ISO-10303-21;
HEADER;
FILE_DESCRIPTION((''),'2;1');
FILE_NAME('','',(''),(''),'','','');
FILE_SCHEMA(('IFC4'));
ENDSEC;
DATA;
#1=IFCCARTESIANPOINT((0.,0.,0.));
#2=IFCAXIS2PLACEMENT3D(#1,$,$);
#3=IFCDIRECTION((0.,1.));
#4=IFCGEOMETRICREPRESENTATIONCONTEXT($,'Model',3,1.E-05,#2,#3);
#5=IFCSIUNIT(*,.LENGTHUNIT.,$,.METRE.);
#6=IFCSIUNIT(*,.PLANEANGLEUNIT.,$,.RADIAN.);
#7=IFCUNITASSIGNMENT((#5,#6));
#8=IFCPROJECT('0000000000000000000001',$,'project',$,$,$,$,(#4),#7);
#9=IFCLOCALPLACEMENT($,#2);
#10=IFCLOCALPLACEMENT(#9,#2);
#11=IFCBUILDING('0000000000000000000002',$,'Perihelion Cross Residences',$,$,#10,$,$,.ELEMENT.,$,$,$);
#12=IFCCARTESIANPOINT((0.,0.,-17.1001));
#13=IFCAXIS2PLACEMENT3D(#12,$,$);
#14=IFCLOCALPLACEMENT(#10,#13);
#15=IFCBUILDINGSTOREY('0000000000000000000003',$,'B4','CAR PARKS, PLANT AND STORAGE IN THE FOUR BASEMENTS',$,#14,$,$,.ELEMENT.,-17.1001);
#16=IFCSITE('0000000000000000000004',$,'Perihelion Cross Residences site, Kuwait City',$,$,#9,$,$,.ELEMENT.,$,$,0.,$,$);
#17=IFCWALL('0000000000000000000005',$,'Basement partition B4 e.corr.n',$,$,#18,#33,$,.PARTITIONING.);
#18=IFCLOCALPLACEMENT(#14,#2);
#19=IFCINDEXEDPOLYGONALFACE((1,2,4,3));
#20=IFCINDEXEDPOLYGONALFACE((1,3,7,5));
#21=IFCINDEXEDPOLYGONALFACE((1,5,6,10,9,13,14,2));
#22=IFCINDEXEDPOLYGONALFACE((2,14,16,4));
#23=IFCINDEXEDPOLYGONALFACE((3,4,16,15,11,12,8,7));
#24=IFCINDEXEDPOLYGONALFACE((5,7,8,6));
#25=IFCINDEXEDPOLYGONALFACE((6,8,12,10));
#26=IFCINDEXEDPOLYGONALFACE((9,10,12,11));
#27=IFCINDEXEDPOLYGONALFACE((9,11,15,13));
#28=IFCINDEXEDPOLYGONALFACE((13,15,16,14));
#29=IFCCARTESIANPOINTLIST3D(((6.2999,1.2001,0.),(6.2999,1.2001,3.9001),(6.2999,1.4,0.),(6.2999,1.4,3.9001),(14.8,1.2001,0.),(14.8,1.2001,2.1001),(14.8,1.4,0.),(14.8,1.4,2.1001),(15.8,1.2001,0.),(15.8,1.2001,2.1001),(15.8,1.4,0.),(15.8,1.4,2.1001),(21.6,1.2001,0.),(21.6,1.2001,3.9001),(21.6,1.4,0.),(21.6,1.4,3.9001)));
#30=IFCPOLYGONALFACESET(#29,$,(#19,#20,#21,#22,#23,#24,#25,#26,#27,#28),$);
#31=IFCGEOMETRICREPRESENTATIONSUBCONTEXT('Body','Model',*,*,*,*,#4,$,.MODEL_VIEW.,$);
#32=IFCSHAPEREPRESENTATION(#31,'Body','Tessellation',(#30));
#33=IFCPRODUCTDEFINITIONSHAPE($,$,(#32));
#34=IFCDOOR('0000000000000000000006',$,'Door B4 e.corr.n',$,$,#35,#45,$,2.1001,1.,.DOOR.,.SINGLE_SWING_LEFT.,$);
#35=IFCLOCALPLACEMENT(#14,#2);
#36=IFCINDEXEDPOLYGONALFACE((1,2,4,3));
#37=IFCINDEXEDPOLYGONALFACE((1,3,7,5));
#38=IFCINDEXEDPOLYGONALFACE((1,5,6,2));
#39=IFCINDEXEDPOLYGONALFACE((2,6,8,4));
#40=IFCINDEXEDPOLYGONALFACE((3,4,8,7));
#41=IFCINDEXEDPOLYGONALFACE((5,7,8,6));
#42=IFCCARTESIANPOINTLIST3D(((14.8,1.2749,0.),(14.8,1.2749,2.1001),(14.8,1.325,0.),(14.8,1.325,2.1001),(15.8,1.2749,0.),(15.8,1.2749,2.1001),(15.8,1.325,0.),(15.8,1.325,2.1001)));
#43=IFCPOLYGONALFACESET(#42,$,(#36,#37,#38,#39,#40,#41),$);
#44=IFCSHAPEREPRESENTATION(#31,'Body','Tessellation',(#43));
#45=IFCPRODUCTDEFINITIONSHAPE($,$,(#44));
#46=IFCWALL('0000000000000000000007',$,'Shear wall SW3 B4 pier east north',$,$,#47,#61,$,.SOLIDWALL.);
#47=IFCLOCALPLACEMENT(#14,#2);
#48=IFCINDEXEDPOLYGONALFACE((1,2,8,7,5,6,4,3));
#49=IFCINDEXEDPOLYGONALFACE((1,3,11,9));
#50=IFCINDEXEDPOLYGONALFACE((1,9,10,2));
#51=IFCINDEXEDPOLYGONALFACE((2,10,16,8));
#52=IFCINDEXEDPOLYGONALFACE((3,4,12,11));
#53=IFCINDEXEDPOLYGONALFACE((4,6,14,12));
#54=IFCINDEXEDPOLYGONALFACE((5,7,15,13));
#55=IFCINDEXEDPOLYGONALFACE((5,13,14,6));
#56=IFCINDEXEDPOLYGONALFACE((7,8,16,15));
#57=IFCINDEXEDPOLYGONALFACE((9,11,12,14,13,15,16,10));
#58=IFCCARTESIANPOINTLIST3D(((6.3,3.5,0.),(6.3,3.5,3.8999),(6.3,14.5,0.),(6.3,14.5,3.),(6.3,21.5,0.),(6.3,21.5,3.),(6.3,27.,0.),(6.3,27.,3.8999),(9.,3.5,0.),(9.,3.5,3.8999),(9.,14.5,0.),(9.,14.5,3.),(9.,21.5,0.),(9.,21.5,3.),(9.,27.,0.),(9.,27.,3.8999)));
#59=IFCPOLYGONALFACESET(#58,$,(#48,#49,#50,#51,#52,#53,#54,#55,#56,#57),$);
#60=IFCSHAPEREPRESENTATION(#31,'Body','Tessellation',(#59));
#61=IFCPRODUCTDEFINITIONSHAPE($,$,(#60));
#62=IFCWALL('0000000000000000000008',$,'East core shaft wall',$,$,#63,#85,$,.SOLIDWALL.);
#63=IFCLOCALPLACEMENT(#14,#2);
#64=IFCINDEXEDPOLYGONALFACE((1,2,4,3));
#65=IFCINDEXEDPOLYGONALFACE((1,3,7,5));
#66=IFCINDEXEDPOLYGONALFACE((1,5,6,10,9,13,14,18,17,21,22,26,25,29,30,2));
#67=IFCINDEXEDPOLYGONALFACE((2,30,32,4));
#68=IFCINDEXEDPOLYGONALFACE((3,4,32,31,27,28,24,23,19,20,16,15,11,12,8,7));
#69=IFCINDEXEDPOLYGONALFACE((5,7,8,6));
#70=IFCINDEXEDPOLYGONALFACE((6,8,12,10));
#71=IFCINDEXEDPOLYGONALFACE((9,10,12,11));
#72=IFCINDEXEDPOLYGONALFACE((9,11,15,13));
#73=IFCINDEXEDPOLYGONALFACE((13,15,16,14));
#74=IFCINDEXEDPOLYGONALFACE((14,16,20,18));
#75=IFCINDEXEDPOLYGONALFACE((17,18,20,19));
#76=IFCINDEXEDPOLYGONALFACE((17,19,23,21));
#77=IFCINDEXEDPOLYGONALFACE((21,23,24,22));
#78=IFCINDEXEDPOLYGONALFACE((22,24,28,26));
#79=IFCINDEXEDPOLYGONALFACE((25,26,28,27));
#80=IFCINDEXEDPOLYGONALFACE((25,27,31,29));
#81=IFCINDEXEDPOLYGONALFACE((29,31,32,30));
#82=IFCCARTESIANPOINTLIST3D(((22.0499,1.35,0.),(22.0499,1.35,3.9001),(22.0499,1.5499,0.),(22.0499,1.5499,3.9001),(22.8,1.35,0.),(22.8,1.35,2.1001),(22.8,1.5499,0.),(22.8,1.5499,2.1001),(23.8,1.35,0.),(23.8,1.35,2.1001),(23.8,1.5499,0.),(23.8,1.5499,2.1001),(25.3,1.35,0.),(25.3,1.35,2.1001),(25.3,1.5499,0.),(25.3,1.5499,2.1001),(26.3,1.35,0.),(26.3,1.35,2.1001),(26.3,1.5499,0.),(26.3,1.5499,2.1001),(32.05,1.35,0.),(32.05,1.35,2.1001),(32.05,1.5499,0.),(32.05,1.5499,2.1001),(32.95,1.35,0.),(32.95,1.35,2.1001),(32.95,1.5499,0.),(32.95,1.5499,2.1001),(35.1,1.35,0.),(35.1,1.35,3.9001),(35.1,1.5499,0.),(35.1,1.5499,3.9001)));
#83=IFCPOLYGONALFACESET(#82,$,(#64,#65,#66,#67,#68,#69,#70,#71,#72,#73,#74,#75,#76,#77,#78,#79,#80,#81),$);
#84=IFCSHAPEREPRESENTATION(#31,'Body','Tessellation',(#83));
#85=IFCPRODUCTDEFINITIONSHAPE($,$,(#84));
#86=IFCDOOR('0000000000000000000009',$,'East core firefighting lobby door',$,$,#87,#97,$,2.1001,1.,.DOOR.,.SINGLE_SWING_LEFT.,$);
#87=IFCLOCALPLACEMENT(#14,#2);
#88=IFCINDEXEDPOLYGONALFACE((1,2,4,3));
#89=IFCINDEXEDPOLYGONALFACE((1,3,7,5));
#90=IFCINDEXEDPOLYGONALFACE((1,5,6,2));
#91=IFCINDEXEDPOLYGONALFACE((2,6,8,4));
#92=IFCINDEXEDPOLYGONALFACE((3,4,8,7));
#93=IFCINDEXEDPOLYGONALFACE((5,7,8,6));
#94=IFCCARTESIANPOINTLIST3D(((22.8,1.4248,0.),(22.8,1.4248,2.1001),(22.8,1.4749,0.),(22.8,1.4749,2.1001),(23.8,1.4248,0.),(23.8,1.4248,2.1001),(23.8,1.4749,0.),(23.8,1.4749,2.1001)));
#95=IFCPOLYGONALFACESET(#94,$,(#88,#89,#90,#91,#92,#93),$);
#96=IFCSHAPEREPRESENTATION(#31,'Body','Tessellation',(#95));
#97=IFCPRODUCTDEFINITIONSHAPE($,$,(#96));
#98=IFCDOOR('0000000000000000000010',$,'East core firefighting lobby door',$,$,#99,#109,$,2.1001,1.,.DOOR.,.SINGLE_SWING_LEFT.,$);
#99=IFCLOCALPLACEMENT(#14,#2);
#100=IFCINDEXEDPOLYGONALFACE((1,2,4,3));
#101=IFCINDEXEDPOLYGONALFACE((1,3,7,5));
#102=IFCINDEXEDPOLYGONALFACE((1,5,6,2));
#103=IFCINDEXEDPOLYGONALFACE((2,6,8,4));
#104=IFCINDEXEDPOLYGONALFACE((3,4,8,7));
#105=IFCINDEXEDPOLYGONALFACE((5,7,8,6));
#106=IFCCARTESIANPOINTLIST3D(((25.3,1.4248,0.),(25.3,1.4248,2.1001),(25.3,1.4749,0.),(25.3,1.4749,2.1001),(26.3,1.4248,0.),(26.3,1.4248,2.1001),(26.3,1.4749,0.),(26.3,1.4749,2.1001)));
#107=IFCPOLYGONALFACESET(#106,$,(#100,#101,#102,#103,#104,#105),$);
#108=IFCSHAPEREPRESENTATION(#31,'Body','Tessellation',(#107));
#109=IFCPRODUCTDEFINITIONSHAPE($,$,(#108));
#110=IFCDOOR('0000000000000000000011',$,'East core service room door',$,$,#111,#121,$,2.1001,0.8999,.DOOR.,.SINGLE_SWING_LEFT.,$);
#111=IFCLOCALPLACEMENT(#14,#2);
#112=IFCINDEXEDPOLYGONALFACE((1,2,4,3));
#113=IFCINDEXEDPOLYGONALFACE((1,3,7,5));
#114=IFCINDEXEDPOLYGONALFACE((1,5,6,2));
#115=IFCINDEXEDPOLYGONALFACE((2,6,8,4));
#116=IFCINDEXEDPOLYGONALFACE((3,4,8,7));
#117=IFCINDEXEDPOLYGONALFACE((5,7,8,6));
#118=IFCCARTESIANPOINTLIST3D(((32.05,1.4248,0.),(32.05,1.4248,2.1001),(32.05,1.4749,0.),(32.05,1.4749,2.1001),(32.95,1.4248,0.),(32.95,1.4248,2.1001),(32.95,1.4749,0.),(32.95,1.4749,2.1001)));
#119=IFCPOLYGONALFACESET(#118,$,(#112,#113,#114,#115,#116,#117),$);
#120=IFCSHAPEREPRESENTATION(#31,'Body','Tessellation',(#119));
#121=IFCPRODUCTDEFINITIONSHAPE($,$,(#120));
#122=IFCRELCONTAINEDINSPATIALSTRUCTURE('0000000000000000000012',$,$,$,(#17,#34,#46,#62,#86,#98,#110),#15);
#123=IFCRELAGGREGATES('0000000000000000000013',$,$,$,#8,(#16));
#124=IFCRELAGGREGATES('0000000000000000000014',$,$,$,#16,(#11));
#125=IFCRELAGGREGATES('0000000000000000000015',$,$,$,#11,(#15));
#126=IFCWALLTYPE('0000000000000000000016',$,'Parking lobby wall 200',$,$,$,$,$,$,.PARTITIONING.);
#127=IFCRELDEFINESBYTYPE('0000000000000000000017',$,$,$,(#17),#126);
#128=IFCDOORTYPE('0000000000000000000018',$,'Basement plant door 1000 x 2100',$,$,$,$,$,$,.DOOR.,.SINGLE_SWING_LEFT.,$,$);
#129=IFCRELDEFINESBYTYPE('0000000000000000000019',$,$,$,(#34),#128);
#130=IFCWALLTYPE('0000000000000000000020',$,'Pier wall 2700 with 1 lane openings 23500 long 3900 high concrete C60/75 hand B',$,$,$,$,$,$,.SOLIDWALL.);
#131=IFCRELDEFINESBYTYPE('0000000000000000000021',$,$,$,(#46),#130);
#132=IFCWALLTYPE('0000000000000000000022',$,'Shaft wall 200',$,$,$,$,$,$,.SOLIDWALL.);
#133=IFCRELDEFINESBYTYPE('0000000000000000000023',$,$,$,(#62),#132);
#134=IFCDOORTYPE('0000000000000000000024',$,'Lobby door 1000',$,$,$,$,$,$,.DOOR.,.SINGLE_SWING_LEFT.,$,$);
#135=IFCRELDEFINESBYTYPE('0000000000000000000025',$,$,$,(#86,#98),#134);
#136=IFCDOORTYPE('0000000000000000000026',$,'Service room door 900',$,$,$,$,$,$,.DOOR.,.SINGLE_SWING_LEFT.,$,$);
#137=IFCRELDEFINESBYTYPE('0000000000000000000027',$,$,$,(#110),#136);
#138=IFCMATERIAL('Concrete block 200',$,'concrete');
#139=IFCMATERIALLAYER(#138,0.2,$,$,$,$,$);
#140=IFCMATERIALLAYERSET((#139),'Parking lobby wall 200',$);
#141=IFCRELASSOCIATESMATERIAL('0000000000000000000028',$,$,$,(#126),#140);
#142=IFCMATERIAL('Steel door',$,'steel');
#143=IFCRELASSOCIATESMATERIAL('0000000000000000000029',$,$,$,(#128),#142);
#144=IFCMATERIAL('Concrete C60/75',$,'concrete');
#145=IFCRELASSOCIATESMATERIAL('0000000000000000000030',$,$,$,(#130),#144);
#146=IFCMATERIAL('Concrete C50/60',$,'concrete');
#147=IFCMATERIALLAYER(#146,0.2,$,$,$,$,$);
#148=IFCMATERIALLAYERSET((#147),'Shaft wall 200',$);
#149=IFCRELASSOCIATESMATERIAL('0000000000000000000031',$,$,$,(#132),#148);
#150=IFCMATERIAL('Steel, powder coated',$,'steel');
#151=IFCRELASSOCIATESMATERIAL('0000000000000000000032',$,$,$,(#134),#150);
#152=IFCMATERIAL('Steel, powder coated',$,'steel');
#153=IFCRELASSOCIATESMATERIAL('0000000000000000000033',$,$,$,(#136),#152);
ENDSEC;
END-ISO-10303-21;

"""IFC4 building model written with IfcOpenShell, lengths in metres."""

from ifc_helpers import new_model, si_unit, direction, frame, frame_2d, origin, place, context, subcontext, project, spatial, polyline, rectangle, outline, extrude, material, layer, layer_set, material_profile, profile_set, type_object, element, fill, save


model = new_model("IFC4")

# Units and contexts
model_context = context("Model", 3, precision=1e-05, world=origin(), true_north=direction((0.0, 1.0)))
body_context = subcontext(model_context, "Body", "Model", "MODEL_VIEW")
ifc_project = project(units=[si_unit("LENGTHUNIT", "METRE"), si_unit("PLANEANGLEUNIT", "RADIAN")], contexts=[model_context])

# Site, building, storey
site_placement = place(None, origin())
site = spatial("IfcSite", under=ifc_project, at=site_placement, Name="Perihelion Cross Residences site, Kuwait City", CompositionType="ELEMENT", RefElevation=0.0)
building_placement = place(site_placement, origin())
building = spatial("IfcBuilding", under=site, at=building_placement, Name="Perihelion Cross Residences", CompositionType="ELEMENT")
storey_placement = place(building_placement, frame((0.0, 0.0, -17.1001)))
storey = spatial("IfcBuildingStorey", under=building, at=storey_placement, Name="B4", Description="CAR PARKS, PLANT AND STORAGE IN THE FOUR BASEMENTS", CompositionType="ELEMENT", Elevation=-17.1001)

# Wall, opening, door
ifc_material_1 = material(Name="Concrete block 200", Category="concrete")
ifc_layer_1 = layer(ifc_material_1, 0.2)
ifc_layer_set_1 = layer_set([ifc_layer_1], Name="Parking lobby wall 200")
wall_type_1 = type_object("IfcWallType", Name="Parking lobby wall 200", PredefinedType="PARTITIONING", material=ifc_layer_set_1)
wall_1_placement = place(storey_placement, frame((6.3, 1.3, 0.0), z_axis=(0.0, 0.0, 1.0), x_axis=(1.0, 0.0, 0.0)))
wall_1 = element("IfcWall", 1, at=wall_1_placement, inside=storey, type_object=wall_type_1, Name="Basement partition B4 e.corr.n", PredefinedType="PARTITIONING", context=body_context, shape_type="SweptSolid", body=[
    extrude(rectangle(XDim=15.3, YDim=0.2, at=frame_2d((7.6499, 0.0))), origin(), (0.0, 0.0, 1.0), 3.9001),
])
opening_1_placement = place(wall_1_placement, frame((8.5, 0.0, 0.0)))
opening_1 = element("IfcOpeningElement", 2, at=opening_1_placement, cuts=wall_1, PredefinedType="OPENING", context=body_context, shape_type="SweptSolid", body=[
    extrude(rectangle(XDim=1.0, YDim=2.1001, at=frame_2d((0.5, 1.05))), frame((0.0, 0.1099, 0.0), z_axis=(0.0, -1.0, 0.0), x_axis=(1.0, 0.0, 0.0)), (0.0, 0.0, 1.0), 0.22),
])
ifc_material_2 = material(Name="Steel door", Category="steel")
door_type_1 = type_object("IfcDoorType", Name="Basement plant door 1000 x 2100", OperationType="SINGLE_SWING_LEFT", PredefinedType="DOOR", material=ifc_material_2)
door_1_placement = place(opening_1_placement, origin())
door_1 = element("IfcDoor", 3, at=door_1_placement, inside=storey, type_object=door_type_1, Name="Door B4 e.corr.n", OperationType="SINGLE_SWING_LEFT", OverallHeight=2.1001, OverallWidth=1.0, PredefinedType="DOOR", context=body_context, shape_type="SweptSolid", body=[
    extrude(rectangle(XDim=1.0, YDim=2.1001, at=frame_2d((0.5, 1.05))), frame((0.0, 0.0249, 0.0), z_axis=(0.0, -1.0, 0.0), x_axis=(1.0, 0.0, 0.0)), (0.0, 0.0, 1.0), 0.05),
])
fill(opening_1, door_1)

# Wall
ifc_material_3 = material(Name="Concrete C60/75", Category="concrete")
ifc_material_profile_1 = material_profile(ifc_material_3, outline(polyline([(0.0, 0.0), (11.0, 0.0), (11.0, 3.0), (18.0, 3.0), (18.0, 0.0), (23.5, 0.0), (23.5, 3.8999), (0.0, 3.8999), (0.0, 0.0)])), Name="Pier wall")
ifc_profile_set_1 = profile_set([ifc_material_profile_1], Name="Concrete C60/75")
wall_type_2 = type_object("IfcWallType", Name="Pier wall 2700 with 1 lane openings 23500 long 3900 high concrete C60/75 hand B", PredefinedType="SOLIDWALL", material=ifc_profile_set_1)
wall_2_placement = place(storey_placement, frame((6.3, 3.5, 0.0), z_axis=(1.0, 0.0, 0.0), x_axis=(0.0, 1.0, 0.0)))
element("IfcWall", 4, at=wall_2_placement, inside=storey, type_object=wall_type_2, Name="Shear wall SW3 B4 pier east north", PredefinedType="SOLIDWALL", context=body_context, shape_type="SweptSolid", body=[
    extrude(outline(polyline([(0.0, 0.0), (11.0, 0.0), (11.0, 3.0), (18.0, 3.0), (18.0, 0.0), (23.5, 0.0), (23.5, 3.8999), (0.0, 3.8999), (0.0, 0.0)])), origin(), (0.0, 0.0, 1.0), 2.7),
])

# Wall, openings, doors
ifc_material_4 = material(Name="Concrete C50/60", Category="concrete")
ifc_layer_2 = layer(ifc_material_4, 0.2)
ifc_layer_set_2 = layer_set([ifc_layer_2], Name="Shaft wall 200")
wall_type_3 = type_object("IfcWallType", Name="Shaft wall 200", PredefinedType="SOLIDWALL", material=ifc_layer_set_2)
wall_3_placement = place(storey_placement, frame((22.05, 1.45, 0.0), z_axis=(0.0, 0.0, 1.0), x_axis=(1.0, 0.0, 0.0)))
wall_3 = element("IfcWall", 5, at=wall_3_placement, inside=storey, type_object=wall_type_3, Name="East core shaft wall", PredefinedType="SOLIDWALL", context=body_context, shape_type="SweptSolid", body=[
    extrude(rectangle(XDim=13.05, YDim=0.2, at=frame_2d((6.5249, 0.0))), origin(), (0.0, 0.0, 1.0), 3.9001),
])
opening_2_placement = place(wall_3_placement, frame((0.75, 0.0, 0.0)))
opening_2 = element("IfcOpeningElement", 6, at=opening_2_placement, cuts=wall_3, PredefinedType="OPENING", context=body_context, shape_type="SweptSolid", body=[
    extrude(rectangle(XDim=1.0, YDim=2.1001, at=frame_2d((0.5, 1.05))), frame((0.0, 0.1099, 0.0), z_axis=(0.0, -1.0, 0.0), x_axis=(1.0, 0.0, 0.0)), (0.0, 0.0, 1.0), 0.22),
])
opening_3_placement = place(wall_3_placement, frame((3.25, 0.0, 0.0)))
opening_3 = element("IfcOpeningElement", 7, at=opening_3_placement, cuts=wall_3, PredefinedType="OPENING", context=body_context, shape_type="SweptSolid", body=[
    extrude(rectangle(XDim=1.0, YDim=2.1001, at=frame_2d((0.5, 1.05))), frame((0.0, 0.1099, 0.0), z_axis=(0.0, -1.0, 0.0), x_axis=(1.0, 0.0, 0.0)), (0.0, 0.0, 1.0), 0.22),
])
opening_4_placement = place(wall_3_placement, frame((10.0, 0.0, 0.0)))
opening_4 = element("IfcOpeningElement", 8, at=opening_4_placement, cuts=wall_3, PredefinedType="OPENING", context=body_context, shape_type="SweptSolid", body=[
    extrude(rectangle(XDim=0.8999, YDim=2.1001, at=frame_2d((0.45, 1.05))), frame((0.0, 0.1099, 0.0), z_axis=(0.0, -1.0, 0.0), x_axis=(1.0, 0.0, 0.0)), (0.0, 0.0, 1.0), 0.22),
])
ifc_material_5 = material(Name="Steel, powder coated", Category="steel")
door_type_2 = type_object("IfcDoorType", Name="Lobby door 1000", OperationType="SINGLE_SWING_LEFT", PredefinedType="DOOR", material=ifc_material_5)
door_2_placement = place(opening_2_placement, origin())
door_2 = element("IfcDoor", 9, at=door_2_placement, inside=storey, type_object=door_type_2, Name="East core firefighting lobby door", OperationType="SINGLE_SWING_LEFT", OverallHeight=2.1001, OverallWidth=1.0, PredefinedType="DOOR", context=body_context, shape_type="SweptSolid", body=[
    extrude(rectangle(XDim=1.0, YDim=2.1001, at=frame_2d((0.5, 1.05))), frame((0.0, 0.0249, 0.0), z_axis=(0.0, -1.0, 0.0), x_axis=(1.0, 0.0, 0.0)), (0.0, 0.0, 1.0), 0.05),
])
fill(opening_2, door_2)
door_3_placement = place(opening_3_placement, origin())
door_3 = element("IfcDoor", 10, at=door_3_placement, inside=storey, type_object=door_type_2, Name="East core firefighting lobby door", OperationType="SINGLE_SWING_LEFT", OverallHeight=2.1001, OverallWidth=1.0, PredefinedType="DOOR", context=body_context, shape_type="SweptSolid", body=[
    extrude(rectangle(XDim=1.0, YDim=2.1001, at=frame_2d((0.5, 1.05))), frame((0.0, 0.0249, 0.0), z_axis=(0.0, -1.0, 0.0), x_axis=(1.0, 0.0, 0.0)), (0.0, 0.0, 1.0), 0.05),
])
fill(opening_3, door_3)
ifc_material_6 = material(Name="Steel, powder coated", Category="steel")
door_type_3 = type_object("IfcDoorType", Name="Service room door 900", OperationType="SINGLE_SWING_LEFT", PredefinedType="DOOR", material=ifc_material_6)
door_4_placement = place(opening_4_placement, origin())
door_4 = element("IfcDoor", 11, at=door_4_placement, inside=storey, type_object=door_type_3, Name="East core service room door", OperationType="SINGLE_SWING_LEFT", OverallHeight=2.1001, OverallWidth=0.8999, PredefinedType="DOOR", context=body_context, shape_type="SweptSolid", body=[
    extrude(rectangle(XDim=0.8999, YDim=2.1001, at=frame_2d((0.45, 1.05))), frame((0.0, 0.0249, 0.0), z_axis=(0.0, -1.0, 0.0), x_axis=(1.0, 0.0, 0.0)), (0.0, 0.0, 1.0), 0.05),
])
fill(opening_4, door_4)

save(model, "model.ifc")
